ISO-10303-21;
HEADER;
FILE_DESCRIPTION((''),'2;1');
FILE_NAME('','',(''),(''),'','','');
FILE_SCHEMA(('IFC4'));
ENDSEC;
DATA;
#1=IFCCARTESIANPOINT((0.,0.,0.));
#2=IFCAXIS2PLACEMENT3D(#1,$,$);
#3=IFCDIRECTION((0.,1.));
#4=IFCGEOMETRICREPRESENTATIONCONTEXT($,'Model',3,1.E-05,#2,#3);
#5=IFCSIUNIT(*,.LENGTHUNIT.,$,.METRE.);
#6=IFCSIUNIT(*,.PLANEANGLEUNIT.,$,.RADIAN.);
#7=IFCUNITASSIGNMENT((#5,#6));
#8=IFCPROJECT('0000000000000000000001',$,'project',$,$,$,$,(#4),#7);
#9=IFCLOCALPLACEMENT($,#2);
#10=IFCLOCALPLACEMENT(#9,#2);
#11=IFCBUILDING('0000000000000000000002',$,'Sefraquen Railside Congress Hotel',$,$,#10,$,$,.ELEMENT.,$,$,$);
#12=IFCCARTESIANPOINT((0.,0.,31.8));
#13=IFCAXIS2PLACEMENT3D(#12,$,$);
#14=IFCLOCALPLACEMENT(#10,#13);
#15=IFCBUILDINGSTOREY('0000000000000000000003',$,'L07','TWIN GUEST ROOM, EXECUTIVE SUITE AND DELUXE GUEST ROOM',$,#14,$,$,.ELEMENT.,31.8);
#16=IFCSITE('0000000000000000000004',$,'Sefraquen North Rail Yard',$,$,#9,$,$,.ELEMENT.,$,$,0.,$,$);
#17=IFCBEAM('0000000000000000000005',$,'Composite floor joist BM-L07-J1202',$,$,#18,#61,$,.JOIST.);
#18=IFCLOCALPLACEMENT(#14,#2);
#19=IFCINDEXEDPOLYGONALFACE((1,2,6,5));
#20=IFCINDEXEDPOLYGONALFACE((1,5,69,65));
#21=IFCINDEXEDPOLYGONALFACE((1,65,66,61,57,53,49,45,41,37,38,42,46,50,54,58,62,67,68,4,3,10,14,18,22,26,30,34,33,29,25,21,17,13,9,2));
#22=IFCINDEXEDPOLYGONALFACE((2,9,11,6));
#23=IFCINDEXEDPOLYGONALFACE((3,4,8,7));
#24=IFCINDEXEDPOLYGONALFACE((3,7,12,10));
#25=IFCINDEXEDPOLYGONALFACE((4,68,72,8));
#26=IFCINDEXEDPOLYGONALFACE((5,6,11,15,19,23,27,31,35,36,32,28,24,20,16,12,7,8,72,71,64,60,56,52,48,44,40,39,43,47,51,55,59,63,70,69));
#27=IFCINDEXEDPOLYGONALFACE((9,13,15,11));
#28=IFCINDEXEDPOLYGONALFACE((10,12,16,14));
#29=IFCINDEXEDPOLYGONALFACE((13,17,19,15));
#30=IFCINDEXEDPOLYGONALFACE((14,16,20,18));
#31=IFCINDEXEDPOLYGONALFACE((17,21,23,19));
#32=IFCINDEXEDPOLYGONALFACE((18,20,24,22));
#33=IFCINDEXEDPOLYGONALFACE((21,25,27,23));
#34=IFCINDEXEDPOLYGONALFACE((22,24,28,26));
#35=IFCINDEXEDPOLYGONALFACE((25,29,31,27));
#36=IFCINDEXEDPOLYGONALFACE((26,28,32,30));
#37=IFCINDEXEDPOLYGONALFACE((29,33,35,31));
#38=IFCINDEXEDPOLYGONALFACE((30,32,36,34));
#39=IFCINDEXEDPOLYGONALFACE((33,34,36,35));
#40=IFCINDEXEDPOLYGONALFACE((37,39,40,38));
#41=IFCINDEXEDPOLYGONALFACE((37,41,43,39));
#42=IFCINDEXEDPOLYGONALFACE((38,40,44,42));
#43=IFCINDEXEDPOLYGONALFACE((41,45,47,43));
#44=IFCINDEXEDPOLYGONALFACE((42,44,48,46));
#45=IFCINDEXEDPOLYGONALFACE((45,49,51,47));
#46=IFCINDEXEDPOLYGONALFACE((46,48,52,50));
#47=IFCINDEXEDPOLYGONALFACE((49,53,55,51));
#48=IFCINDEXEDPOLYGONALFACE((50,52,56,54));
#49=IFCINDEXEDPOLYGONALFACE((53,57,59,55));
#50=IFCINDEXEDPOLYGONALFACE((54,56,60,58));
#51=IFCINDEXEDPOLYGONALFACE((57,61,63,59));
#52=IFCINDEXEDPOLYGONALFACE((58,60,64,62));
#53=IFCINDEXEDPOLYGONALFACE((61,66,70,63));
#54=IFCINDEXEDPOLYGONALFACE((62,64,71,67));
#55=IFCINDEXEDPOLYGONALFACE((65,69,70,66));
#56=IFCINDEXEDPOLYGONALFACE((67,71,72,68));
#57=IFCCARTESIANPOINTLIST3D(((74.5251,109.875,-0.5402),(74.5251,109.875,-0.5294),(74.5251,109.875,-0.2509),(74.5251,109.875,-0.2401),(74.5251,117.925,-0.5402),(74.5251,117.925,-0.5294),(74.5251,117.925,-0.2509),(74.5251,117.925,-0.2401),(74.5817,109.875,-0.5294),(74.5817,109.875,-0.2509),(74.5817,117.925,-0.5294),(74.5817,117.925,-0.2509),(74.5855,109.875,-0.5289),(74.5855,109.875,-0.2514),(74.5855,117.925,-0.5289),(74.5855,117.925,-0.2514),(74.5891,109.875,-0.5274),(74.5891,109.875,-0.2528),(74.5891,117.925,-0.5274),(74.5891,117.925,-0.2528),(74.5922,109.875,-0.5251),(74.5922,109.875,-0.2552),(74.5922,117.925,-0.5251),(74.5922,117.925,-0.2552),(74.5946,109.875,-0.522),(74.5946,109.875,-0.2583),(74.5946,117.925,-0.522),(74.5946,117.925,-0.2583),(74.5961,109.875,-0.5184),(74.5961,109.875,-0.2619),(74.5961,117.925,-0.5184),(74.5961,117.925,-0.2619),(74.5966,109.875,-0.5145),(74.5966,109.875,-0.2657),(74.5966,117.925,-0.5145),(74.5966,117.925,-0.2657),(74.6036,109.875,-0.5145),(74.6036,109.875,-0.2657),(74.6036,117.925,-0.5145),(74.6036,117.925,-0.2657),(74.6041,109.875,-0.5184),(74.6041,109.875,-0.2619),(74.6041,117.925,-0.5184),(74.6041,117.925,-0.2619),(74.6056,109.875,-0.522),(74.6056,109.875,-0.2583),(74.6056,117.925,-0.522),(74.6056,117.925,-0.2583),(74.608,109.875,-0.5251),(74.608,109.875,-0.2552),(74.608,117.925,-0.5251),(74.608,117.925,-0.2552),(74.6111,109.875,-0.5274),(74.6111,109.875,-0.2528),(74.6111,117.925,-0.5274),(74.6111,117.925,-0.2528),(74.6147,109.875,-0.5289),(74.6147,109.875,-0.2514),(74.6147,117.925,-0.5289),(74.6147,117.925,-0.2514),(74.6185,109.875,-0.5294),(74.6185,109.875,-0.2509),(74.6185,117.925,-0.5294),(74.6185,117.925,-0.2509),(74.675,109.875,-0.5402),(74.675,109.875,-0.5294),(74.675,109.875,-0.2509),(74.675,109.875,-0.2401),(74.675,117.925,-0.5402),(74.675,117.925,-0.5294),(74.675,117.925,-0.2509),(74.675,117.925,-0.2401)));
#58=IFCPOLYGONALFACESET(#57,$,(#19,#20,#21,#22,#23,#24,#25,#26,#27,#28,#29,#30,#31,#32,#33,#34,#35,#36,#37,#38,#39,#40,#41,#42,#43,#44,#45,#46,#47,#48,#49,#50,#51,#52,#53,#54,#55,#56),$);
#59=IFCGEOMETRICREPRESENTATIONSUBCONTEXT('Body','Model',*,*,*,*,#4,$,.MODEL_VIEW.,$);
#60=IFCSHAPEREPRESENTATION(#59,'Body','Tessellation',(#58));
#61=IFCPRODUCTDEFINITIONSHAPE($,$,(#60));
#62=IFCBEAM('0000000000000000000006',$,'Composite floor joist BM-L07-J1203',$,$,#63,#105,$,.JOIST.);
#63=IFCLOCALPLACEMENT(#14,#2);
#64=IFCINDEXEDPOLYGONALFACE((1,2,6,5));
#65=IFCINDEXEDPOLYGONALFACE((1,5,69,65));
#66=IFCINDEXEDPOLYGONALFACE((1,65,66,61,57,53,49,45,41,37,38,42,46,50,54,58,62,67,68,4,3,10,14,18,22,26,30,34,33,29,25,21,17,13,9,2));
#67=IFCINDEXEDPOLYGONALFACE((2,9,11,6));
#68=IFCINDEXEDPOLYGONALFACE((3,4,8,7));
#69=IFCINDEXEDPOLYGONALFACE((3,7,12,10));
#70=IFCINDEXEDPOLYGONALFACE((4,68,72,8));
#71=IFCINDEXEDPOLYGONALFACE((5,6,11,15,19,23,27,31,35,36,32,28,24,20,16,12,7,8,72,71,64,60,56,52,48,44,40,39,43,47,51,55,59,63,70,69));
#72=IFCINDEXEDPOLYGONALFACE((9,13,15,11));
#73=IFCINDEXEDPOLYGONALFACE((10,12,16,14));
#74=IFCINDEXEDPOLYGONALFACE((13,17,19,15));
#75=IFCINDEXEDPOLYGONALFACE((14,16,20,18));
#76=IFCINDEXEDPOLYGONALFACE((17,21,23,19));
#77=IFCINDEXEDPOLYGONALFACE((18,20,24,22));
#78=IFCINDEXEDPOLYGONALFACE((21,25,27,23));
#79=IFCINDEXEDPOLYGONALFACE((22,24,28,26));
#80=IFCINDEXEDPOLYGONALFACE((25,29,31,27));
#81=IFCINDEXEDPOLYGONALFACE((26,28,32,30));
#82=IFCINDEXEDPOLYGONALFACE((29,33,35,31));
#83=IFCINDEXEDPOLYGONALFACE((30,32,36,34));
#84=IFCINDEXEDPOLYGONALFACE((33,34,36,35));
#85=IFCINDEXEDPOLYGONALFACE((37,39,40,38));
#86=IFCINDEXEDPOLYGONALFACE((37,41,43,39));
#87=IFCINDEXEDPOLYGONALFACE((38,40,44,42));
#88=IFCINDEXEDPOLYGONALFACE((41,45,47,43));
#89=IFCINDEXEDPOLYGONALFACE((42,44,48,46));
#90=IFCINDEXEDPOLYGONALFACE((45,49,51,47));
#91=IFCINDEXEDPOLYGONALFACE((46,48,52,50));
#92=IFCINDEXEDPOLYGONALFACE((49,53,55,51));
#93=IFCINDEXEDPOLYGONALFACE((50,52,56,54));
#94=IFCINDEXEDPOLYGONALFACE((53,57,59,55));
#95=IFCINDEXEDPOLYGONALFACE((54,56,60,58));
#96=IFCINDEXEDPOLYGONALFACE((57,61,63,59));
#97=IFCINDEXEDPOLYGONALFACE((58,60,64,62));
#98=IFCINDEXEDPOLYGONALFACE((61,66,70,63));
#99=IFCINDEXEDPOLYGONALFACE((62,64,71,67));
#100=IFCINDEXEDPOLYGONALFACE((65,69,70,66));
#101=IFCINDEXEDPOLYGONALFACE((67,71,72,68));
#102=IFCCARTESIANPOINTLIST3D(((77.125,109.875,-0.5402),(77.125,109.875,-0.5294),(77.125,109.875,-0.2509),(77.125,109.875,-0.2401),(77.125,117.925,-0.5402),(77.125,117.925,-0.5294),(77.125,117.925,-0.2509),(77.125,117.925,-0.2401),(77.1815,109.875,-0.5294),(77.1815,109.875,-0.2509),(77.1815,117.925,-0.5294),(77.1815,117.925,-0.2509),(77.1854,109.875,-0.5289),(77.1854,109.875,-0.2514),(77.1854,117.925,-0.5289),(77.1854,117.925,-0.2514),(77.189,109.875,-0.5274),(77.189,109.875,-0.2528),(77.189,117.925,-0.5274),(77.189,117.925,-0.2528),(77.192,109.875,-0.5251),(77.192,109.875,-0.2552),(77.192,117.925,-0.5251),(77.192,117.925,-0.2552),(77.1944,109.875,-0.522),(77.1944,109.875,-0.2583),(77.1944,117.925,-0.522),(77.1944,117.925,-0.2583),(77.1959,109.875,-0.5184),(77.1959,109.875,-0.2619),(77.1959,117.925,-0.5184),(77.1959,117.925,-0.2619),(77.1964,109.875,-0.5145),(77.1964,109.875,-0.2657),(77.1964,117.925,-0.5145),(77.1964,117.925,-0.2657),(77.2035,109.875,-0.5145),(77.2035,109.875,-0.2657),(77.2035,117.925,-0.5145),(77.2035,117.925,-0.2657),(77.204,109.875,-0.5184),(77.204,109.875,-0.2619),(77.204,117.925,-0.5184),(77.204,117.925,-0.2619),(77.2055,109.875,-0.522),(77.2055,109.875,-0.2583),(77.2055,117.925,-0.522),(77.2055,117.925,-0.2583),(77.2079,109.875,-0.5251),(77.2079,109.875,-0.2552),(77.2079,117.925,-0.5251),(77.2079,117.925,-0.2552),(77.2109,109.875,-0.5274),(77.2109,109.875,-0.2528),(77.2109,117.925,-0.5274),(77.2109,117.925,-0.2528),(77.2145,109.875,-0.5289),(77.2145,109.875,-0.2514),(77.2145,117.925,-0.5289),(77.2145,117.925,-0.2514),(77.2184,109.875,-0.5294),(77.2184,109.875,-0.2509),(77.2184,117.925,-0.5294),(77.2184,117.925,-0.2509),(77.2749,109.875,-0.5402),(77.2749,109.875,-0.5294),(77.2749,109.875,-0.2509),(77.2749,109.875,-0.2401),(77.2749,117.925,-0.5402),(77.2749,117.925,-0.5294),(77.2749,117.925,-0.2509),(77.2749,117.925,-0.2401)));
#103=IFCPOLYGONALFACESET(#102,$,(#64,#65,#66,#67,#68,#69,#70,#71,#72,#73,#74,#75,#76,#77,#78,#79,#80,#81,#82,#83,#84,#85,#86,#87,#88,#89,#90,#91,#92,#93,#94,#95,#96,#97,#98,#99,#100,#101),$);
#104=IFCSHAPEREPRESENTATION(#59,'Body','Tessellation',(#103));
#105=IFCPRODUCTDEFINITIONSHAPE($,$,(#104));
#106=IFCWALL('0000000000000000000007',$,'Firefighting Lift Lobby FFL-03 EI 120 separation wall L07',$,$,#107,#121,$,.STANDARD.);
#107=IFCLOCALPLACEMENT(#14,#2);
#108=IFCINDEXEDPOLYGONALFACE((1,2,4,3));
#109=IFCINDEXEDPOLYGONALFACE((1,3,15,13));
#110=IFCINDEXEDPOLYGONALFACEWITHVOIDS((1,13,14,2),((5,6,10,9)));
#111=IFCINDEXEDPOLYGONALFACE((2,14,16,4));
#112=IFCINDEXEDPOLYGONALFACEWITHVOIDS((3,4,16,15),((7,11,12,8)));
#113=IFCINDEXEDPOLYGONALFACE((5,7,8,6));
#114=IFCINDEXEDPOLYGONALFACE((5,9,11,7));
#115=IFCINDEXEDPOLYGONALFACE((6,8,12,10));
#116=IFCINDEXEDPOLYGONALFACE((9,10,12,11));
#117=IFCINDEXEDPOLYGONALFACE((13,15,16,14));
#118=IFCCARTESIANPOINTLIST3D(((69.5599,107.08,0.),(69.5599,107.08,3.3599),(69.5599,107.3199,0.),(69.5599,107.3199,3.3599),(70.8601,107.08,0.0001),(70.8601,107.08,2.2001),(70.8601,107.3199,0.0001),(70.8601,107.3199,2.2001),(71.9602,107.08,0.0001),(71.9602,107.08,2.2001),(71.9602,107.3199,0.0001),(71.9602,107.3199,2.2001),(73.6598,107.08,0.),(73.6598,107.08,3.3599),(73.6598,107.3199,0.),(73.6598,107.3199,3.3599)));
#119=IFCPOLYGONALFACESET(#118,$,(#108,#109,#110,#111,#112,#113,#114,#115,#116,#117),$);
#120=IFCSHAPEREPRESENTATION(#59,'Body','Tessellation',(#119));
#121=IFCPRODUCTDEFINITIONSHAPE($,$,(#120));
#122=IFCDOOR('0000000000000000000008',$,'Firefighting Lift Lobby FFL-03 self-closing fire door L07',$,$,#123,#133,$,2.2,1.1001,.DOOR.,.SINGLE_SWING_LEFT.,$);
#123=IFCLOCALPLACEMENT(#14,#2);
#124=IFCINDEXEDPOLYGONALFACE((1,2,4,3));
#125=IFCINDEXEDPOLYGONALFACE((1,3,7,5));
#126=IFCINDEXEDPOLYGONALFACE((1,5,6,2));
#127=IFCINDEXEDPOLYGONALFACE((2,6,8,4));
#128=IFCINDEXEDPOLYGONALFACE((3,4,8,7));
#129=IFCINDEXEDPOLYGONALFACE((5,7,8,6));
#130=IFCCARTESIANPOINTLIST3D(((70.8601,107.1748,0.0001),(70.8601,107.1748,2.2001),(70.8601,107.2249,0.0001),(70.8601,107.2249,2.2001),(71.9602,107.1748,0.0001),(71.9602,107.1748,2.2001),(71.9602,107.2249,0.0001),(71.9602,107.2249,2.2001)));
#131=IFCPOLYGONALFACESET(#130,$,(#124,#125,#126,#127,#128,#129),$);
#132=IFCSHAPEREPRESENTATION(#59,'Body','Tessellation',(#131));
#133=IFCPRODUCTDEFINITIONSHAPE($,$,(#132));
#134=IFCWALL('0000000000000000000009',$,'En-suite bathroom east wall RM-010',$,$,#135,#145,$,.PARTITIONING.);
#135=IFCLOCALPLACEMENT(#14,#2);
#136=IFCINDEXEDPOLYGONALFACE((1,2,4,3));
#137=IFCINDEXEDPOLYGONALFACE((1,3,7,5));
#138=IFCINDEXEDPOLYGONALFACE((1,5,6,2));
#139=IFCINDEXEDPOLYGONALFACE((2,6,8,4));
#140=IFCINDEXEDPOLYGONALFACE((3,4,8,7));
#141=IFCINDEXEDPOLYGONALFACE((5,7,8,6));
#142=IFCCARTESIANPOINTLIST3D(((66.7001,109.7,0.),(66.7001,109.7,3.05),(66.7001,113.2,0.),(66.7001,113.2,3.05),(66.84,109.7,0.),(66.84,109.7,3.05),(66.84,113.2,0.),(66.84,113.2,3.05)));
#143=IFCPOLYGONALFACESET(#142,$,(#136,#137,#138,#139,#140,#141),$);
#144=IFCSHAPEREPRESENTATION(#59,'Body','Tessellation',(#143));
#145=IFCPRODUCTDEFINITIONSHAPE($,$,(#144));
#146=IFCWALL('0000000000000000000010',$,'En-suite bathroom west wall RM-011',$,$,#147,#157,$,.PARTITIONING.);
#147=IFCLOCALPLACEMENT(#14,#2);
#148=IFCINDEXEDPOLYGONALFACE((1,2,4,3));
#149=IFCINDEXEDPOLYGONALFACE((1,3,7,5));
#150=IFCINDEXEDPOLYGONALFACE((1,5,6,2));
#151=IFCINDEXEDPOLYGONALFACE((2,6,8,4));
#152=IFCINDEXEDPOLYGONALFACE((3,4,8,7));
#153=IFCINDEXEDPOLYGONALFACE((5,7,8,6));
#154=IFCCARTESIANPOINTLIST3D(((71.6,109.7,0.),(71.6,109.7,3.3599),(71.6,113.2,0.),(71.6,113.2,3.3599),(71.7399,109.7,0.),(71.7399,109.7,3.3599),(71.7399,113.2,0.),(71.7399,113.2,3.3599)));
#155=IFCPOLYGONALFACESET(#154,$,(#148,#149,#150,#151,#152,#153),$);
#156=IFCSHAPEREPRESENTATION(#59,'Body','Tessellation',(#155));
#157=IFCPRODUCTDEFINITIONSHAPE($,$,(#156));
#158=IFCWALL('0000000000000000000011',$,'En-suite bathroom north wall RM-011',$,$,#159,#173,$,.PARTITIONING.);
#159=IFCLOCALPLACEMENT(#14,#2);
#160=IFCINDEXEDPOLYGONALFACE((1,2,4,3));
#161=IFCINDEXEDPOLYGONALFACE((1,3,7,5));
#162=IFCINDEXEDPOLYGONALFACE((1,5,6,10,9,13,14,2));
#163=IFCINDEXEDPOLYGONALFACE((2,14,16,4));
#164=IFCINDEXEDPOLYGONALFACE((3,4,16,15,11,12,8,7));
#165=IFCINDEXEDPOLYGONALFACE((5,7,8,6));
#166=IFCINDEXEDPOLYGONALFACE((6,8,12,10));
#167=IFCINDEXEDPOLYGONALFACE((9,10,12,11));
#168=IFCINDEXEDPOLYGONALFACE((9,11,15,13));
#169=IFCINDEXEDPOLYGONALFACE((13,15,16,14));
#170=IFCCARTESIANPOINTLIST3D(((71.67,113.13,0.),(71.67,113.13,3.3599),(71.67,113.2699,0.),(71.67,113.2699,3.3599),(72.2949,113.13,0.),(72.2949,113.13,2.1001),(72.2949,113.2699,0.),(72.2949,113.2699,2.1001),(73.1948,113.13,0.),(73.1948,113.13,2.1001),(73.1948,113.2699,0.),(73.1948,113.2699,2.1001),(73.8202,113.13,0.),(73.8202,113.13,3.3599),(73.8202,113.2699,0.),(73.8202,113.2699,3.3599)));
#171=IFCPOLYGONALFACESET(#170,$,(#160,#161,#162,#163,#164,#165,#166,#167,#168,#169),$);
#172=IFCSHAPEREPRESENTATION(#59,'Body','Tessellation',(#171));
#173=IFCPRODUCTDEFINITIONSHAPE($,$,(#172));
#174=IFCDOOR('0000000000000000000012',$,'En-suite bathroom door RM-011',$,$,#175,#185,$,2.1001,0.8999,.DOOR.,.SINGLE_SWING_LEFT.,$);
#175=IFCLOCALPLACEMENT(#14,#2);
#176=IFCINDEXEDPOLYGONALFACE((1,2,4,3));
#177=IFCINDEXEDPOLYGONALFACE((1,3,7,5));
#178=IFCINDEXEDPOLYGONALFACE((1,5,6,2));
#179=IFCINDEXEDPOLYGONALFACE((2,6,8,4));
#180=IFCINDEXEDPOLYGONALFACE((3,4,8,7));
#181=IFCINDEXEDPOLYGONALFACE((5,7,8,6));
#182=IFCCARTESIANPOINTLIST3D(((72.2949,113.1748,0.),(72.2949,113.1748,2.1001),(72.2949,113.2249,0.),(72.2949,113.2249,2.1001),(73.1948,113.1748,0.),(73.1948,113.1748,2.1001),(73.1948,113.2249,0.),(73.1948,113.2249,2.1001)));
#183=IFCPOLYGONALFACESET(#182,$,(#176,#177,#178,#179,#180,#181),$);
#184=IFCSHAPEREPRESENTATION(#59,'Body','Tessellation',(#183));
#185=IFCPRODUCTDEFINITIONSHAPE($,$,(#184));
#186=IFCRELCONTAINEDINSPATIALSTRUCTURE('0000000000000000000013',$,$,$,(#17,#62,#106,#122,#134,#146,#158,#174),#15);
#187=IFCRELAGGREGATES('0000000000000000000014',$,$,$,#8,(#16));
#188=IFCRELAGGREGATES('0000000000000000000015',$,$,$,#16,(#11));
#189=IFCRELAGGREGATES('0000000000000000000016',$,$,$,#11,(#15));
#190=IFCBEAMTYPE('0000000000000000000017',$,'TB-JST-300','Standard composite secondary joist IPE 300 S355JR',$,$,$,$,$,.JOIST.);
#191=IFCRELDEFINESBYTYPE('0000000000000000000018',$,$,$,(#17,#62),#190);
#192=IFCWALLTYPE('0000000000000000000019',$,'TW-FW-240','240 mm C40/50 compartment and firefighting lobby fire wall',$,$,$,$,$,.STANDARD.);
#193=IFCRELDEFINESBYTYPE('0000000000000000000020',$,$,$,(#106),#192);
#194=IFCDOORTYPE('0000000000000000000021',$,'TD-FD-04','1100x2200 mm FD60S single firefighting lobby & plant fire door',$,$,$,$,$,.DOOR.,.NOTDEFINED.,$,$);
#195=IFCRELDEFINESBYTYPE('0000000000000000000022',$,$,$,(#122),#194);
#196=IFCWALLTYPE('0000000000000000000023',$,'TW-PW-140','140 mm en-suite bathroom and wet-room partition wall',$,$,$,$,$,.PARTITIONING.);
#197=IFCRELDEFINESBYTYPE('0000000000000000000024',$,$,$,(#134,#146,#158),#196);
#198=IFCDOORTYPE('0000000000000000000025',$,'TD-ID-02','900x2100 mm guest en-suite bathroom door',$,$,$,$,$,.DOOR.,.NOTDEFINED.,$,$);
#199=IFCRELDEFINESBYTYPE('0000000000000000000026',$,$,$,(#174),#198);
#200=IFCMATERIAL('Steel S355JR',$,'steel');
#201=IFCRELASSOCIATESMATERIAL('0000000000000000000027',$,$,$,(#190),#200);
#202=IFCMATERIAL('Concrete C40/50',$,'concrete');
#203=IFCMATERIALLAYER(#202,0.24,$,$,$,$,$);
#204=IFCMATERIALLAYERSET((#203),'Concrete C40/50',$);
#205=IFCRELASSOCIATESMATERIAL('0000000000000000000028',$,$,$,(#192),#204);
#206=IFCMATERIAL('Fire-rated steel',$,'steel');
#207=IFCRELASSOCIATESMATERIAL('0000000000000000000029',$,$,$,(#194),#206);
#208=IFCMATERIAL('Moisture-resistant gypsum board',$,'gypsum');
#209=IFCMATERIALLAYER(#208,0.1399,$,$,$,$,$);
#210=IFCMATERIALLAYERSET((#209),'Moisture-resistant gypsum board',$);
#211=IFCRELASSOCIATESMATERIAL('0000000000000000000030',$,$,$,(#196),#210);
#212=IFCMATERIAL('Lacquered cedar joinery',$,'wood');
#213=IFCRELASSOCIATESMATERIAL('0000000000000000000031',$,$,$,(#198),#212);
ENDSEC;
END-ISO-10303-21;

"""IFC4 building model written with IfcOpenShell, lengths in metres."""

from ifc_helpers import new_model, si_unit, direction, frame, frame_2d, origin, origin_2d, place, context, subcontext, project, spatial, rectangle, i_section, extrude, material, layer, layer_set, material_profile, profile_set, type_object, element, fill, save


model = new_model("IFC4")

# Units and contexts
model_context = context("Model", 3, precision=1e-05, world=origin(), true_north=direction((0.0, 1.0)))
body_context = subcontext(model_context, "Body", "Model", "MODEL_VIEW")
ifc_project = project(units=[si_unit("LENGTHUNIT", "METRE"), si_unit("PLANEANGLEUNIT", "RADIAN")], contexts=[model_context])

# Site, building, storey
site_placement = place(None, origin())
site = spatial("IfcSite", under=ifc_project, at=site_placement, Name="Sefraquen North Rail Yard", CompositionType="ELEMENT", RefElevation=0.0)
building_placement = place(site_placement, origin())
building = spatial("IfcBuilding", under=site, at=building_placement, Name="Sefraquen Railside Congress Hotel", CompositionType="ELEMENT")
storey_placement = place(building_placement, frame((0.0, 0.0, 31.8)))
storey = spatial("IfcBuildingStorey", under=building, at=storey_placement, Name="L07", Description="TWIN GUEST ROOM, EXECUTIVE SUITE AND DELUXE GUEST ROOM", CompositionType="ELEMENT", Elevation=31.8)

# Shared definitions
ifc_material_1 = material(Name="Steel S355JR", Category="steel")

# Beams
ifc_material_profile_1 = material_profile(ifc_material_1, i_section(OverallWidth=0.1499, OverallDepth=0.3, WebThickness=0.0071, FlangeThickness=0.0107, FilletRadius=0.0149, at=origin_2d()), Name="IPE 300")
ifc_profile_set_1 = profile_set([ifc_material_profile_1], Name="Steel S355JR")
beam_type_1 = type_object("IfcBeamType", Name="TB-JST-300", Description="Standard composite secondary joist IPE 300 S355JR", PredefinedType="JOIST", material=ifc_profile_set_1)
for number, where, z_axis, x_axis, name in (
    (1, (74.6001, 109.875, -0.3901), (0.0, 1.0, 0.0), (-1.0, 0.0, 0.0), "Composite floor joist BM-L07-J1202"),
    (2, (77.2, 109.875, -0.3901), (0.0, 1.0, 0.0), (-1.0, 0.0, 0.0), "Composite floor joist BM-L07-J1203"),
):
    element("IfcBeam", number, at=place(storey_placement, frame(where, z_axis=z_axis, x_axis=x_axis)), inside=storey, type_object=beam_type_1, Name=name, PredefinedType="JOIST", context=body_context, shape_type="SweptSolid", body=[
        extrude(i_section(OverallWidth=0.1499, OverallDepth=0.3, WebThickness=0.0071, FlangeThickness=0.0107, FilletRadius=0.0149, at=origin_2d()), origin(), (0.0, 0.0, 1.0), 8.05),
    ])

# Wall, opening, door
ifc_material_2 = material(Name="Concrete C40/50", Category="concrete")
ifc_layer_1 = layer(ifc_material_2, 0.24)
ifc_layer_set_1 = layer_set([ifc_layer_1], Name="Concrete C40/50")
wall_type_1 = type_object("IfcWallType", Name="TW-FW-240", Description="240 mm C40/50 compartment and firefighting lobby fire wall", PredefinedType="STANDARD", material=ifc_layer_set_1)
wall_1_placement = place(storey_placement, frame((69.5601, 107.2, 0.0), z_axis=(0.0, 0.0, 1.0), x_axis=(1.0, 0.0, 0.0)))
wall_1 = element("IfcWall", 3, at=wall_1_placement, inside=storey, type_object=wall_type_1, Name="Firefighting Lift Lobby FFL-03 EI 120 separation wall L07", PredefinedType="STANDARD", context=body_context, shape_type="SweptSolid", body=[
    extrude(rectangle(XDim=4.0999, YDim=0.24, at=frame_2d((2.0498, 0.0))), origin(), (0.0, 0.0, 1.0), 3.3599),
])
opening_1_placement = place(wall_1_placement, frame((1.3, 0.0, 0.0)))
opening_1 = element("IfcOpeningElement", 4, at=opening_1_placement, cuts=wall_1, PredefinedType="OPENING", context=body_context, shape_type="SweptSolid", body=[
    extrude(rectangle(XDim=1.1001, YDim=2.2, at=frame_2d((0.55, 1.1001))), frame((0.0, 0.1299, 0.0), z_axis=(0.0, -1.0, 0.0), x_axis=(1.0, 0.0, 0.0)), (0.0, 0.0, 1.0), 0.26),
])
ifc_material_3 = material(Name="Fire-rated steel", Category="steel")
door_type_1 = type_object("IfcDoorType", Name="TD-FD-04", Description="1100x2200 mm FD60S single firefighting lobby & plant fire door", OperationType="NOTDEFINED", PredefinedType="DOOR", material=ifc_material_3)
door_1_placement = place(opening_1_placement, origin())
door_1 = element("IfcDoor", 5, at=door_1_placement, inside=storey, type_object=door_type_1, Name="Firefighting Lift Lobby FFL-03 self-closing fire door L07", OperationType="SINGLE_SWING_LEFT", OverallHeight=2.2, OverallWidth=1.1001, PredefinedType="DOOR", context=body_context, shape_type="SweptSolid", body=[
    extrude(rectangle(XDim=1.1001, YDim=2.2, at=frame_2d((0.55, 1.1001))), frame((0.0, 0.0249, 0.0), z_axis=(0.0, -1.0, 0.0), x_axis=(1.0, 0.0, 0.0)), (0.0, 0.0, 1.0), 0.05),
])
fill(opening_1, door_1)

# Walls
ifc_material_4 = material(Name="Moisture-resistant gypsum board", Category="gypsum")
ifc_layer_2 = layer(ifc_material_4, 0.1399)
ifc_layer_set_2 = layer_set([ifc_layer_2], Name="Moisture-resistant gypsum board")
wall_type_2 = type_object("IfcWallType", Name="TW-PW-140", Description="140 mm en-suite bathroom and wet-room partition wall", PredefinedType="PARTITIONING", material=ifc_layer_set_2)
wall_2_placement = place(storey_placement, frame((66.77, 109.7, 0.0), z_axis=(0.0, 0.0, 1.0), x_axis=(0.0, 1.0, 0.0)))
element("IfcWall", 6, at=wall_2_placement, inside=storey, type_object=wall_type_2, Name="En-suite bathroom east wall RM-010", PredefinedType="PARTITIONING", context=body_context, shape_type="SweptSolid", body=[
    extrude(rectangle(XDim=3.5, YDim=0.1399, at=frame_2d((1.75, 0.0))), origin(), (0.0, 0.0, 1.0), 3.05),
])
wall_3_placement = place(storey_placement, frame((71.6699, 109.7, 0.0), z_axis=(0.0, 0.0, 1.0), x_axis=(0.0, 1.0, 0.0)))
element("IfcWall", 7, at=wall_3_placement, inside=storey, type_object=wall_type_2, Name="En-suite bathroom west wall RM-011", PredefinedType="PARTITIONING", context=body_context, shape_type="SweptSolid", body=[
    extrude(rectangle(XDim=3.5, YDim=0.1399, at=frame_2d((1.75, 0.0))), origin(), (0.0, 0.0, 1.0), 3.3599),
])

# Wall, opening, door
wall_4_placement = place(storey_placement, frame((71.6699, 113.2, 0.0), z_axis=(0.0, 0.0, 1.0), x_axis=(1.0, 0.0, 0.0)))
wall_4 = element("IfcWall", 8, at=wall_4_placement, inside=storey, type_object=wall_type_2, Name="En-suite bathroom north wall RM-011", PredefinedType="PARTITIONING", context=body_context, shape_type="SweptSolid", body=[
    extrude(rectangle(XDim=2.1501, YDim=0.1399, at=frame_2d((1.0752, 0.0))), origin(), (0.0, 0.0, 1.0), 3.3599),
])
opening_2_placement = place(wall_4_placement, frame((0.625, 0.0, 0.0)))
opening_2 = element("IfcOpeningElement", 9, at=opening_2_placement, cuts=wall_4, PredefinedType="OPENING", context=body_context, shape_type="SweptSolid", body=[
    extrude(rectangle(XDim=0.8999, YDim=2.1001, at=frame_2d((0.45, 1.05))), frame((0.0, 0.0798, 0.0), z_axis=(0.0, -1.0, 0.0), x_axis=(1.0, 0.0, 0.0)), (0.0, 0.0, 1.0), 0.1599),
])
ifc_material_5 = material(Name="Lacquered cedar joinery", Category="wood")
door_type_2 = type_object("IfcDoorType", Name="TD-ID-02", Description="900x2100 mm guest en-suite bathroom door", OperationType="NOTDEFINED", PredefinedType="DOOR", material=ifc_material_5)
door_2_placement = place(opening_2_placement, origin())
door_2 = element("IfcDoor", 10, at=door_2_placement, inside=storey, type_object=door_type_2, Name="En-suite bathroom door RM-011", OperationType="SINGLE_SWING_LEFT", OverallHeight=2.1001, OverallWidth=0.8999, PredefinedType="DOOR", context=body_context, shape_type="SweptSolid", body=[
    extrude(rectangle(XDim=0.8999, YDim=2.1001, at=frame_2d((0.45, 1.05))), frame((0.0, 0.0249, 0.0), z_axis=(0.0, -1.0, 0.0), x_axis=(1.0, 0.0, 0.0)), (0.0, 0.0, 1.0), 0.05),
])
fill(opening_2, door_2)

save(model, "model.ifc")
